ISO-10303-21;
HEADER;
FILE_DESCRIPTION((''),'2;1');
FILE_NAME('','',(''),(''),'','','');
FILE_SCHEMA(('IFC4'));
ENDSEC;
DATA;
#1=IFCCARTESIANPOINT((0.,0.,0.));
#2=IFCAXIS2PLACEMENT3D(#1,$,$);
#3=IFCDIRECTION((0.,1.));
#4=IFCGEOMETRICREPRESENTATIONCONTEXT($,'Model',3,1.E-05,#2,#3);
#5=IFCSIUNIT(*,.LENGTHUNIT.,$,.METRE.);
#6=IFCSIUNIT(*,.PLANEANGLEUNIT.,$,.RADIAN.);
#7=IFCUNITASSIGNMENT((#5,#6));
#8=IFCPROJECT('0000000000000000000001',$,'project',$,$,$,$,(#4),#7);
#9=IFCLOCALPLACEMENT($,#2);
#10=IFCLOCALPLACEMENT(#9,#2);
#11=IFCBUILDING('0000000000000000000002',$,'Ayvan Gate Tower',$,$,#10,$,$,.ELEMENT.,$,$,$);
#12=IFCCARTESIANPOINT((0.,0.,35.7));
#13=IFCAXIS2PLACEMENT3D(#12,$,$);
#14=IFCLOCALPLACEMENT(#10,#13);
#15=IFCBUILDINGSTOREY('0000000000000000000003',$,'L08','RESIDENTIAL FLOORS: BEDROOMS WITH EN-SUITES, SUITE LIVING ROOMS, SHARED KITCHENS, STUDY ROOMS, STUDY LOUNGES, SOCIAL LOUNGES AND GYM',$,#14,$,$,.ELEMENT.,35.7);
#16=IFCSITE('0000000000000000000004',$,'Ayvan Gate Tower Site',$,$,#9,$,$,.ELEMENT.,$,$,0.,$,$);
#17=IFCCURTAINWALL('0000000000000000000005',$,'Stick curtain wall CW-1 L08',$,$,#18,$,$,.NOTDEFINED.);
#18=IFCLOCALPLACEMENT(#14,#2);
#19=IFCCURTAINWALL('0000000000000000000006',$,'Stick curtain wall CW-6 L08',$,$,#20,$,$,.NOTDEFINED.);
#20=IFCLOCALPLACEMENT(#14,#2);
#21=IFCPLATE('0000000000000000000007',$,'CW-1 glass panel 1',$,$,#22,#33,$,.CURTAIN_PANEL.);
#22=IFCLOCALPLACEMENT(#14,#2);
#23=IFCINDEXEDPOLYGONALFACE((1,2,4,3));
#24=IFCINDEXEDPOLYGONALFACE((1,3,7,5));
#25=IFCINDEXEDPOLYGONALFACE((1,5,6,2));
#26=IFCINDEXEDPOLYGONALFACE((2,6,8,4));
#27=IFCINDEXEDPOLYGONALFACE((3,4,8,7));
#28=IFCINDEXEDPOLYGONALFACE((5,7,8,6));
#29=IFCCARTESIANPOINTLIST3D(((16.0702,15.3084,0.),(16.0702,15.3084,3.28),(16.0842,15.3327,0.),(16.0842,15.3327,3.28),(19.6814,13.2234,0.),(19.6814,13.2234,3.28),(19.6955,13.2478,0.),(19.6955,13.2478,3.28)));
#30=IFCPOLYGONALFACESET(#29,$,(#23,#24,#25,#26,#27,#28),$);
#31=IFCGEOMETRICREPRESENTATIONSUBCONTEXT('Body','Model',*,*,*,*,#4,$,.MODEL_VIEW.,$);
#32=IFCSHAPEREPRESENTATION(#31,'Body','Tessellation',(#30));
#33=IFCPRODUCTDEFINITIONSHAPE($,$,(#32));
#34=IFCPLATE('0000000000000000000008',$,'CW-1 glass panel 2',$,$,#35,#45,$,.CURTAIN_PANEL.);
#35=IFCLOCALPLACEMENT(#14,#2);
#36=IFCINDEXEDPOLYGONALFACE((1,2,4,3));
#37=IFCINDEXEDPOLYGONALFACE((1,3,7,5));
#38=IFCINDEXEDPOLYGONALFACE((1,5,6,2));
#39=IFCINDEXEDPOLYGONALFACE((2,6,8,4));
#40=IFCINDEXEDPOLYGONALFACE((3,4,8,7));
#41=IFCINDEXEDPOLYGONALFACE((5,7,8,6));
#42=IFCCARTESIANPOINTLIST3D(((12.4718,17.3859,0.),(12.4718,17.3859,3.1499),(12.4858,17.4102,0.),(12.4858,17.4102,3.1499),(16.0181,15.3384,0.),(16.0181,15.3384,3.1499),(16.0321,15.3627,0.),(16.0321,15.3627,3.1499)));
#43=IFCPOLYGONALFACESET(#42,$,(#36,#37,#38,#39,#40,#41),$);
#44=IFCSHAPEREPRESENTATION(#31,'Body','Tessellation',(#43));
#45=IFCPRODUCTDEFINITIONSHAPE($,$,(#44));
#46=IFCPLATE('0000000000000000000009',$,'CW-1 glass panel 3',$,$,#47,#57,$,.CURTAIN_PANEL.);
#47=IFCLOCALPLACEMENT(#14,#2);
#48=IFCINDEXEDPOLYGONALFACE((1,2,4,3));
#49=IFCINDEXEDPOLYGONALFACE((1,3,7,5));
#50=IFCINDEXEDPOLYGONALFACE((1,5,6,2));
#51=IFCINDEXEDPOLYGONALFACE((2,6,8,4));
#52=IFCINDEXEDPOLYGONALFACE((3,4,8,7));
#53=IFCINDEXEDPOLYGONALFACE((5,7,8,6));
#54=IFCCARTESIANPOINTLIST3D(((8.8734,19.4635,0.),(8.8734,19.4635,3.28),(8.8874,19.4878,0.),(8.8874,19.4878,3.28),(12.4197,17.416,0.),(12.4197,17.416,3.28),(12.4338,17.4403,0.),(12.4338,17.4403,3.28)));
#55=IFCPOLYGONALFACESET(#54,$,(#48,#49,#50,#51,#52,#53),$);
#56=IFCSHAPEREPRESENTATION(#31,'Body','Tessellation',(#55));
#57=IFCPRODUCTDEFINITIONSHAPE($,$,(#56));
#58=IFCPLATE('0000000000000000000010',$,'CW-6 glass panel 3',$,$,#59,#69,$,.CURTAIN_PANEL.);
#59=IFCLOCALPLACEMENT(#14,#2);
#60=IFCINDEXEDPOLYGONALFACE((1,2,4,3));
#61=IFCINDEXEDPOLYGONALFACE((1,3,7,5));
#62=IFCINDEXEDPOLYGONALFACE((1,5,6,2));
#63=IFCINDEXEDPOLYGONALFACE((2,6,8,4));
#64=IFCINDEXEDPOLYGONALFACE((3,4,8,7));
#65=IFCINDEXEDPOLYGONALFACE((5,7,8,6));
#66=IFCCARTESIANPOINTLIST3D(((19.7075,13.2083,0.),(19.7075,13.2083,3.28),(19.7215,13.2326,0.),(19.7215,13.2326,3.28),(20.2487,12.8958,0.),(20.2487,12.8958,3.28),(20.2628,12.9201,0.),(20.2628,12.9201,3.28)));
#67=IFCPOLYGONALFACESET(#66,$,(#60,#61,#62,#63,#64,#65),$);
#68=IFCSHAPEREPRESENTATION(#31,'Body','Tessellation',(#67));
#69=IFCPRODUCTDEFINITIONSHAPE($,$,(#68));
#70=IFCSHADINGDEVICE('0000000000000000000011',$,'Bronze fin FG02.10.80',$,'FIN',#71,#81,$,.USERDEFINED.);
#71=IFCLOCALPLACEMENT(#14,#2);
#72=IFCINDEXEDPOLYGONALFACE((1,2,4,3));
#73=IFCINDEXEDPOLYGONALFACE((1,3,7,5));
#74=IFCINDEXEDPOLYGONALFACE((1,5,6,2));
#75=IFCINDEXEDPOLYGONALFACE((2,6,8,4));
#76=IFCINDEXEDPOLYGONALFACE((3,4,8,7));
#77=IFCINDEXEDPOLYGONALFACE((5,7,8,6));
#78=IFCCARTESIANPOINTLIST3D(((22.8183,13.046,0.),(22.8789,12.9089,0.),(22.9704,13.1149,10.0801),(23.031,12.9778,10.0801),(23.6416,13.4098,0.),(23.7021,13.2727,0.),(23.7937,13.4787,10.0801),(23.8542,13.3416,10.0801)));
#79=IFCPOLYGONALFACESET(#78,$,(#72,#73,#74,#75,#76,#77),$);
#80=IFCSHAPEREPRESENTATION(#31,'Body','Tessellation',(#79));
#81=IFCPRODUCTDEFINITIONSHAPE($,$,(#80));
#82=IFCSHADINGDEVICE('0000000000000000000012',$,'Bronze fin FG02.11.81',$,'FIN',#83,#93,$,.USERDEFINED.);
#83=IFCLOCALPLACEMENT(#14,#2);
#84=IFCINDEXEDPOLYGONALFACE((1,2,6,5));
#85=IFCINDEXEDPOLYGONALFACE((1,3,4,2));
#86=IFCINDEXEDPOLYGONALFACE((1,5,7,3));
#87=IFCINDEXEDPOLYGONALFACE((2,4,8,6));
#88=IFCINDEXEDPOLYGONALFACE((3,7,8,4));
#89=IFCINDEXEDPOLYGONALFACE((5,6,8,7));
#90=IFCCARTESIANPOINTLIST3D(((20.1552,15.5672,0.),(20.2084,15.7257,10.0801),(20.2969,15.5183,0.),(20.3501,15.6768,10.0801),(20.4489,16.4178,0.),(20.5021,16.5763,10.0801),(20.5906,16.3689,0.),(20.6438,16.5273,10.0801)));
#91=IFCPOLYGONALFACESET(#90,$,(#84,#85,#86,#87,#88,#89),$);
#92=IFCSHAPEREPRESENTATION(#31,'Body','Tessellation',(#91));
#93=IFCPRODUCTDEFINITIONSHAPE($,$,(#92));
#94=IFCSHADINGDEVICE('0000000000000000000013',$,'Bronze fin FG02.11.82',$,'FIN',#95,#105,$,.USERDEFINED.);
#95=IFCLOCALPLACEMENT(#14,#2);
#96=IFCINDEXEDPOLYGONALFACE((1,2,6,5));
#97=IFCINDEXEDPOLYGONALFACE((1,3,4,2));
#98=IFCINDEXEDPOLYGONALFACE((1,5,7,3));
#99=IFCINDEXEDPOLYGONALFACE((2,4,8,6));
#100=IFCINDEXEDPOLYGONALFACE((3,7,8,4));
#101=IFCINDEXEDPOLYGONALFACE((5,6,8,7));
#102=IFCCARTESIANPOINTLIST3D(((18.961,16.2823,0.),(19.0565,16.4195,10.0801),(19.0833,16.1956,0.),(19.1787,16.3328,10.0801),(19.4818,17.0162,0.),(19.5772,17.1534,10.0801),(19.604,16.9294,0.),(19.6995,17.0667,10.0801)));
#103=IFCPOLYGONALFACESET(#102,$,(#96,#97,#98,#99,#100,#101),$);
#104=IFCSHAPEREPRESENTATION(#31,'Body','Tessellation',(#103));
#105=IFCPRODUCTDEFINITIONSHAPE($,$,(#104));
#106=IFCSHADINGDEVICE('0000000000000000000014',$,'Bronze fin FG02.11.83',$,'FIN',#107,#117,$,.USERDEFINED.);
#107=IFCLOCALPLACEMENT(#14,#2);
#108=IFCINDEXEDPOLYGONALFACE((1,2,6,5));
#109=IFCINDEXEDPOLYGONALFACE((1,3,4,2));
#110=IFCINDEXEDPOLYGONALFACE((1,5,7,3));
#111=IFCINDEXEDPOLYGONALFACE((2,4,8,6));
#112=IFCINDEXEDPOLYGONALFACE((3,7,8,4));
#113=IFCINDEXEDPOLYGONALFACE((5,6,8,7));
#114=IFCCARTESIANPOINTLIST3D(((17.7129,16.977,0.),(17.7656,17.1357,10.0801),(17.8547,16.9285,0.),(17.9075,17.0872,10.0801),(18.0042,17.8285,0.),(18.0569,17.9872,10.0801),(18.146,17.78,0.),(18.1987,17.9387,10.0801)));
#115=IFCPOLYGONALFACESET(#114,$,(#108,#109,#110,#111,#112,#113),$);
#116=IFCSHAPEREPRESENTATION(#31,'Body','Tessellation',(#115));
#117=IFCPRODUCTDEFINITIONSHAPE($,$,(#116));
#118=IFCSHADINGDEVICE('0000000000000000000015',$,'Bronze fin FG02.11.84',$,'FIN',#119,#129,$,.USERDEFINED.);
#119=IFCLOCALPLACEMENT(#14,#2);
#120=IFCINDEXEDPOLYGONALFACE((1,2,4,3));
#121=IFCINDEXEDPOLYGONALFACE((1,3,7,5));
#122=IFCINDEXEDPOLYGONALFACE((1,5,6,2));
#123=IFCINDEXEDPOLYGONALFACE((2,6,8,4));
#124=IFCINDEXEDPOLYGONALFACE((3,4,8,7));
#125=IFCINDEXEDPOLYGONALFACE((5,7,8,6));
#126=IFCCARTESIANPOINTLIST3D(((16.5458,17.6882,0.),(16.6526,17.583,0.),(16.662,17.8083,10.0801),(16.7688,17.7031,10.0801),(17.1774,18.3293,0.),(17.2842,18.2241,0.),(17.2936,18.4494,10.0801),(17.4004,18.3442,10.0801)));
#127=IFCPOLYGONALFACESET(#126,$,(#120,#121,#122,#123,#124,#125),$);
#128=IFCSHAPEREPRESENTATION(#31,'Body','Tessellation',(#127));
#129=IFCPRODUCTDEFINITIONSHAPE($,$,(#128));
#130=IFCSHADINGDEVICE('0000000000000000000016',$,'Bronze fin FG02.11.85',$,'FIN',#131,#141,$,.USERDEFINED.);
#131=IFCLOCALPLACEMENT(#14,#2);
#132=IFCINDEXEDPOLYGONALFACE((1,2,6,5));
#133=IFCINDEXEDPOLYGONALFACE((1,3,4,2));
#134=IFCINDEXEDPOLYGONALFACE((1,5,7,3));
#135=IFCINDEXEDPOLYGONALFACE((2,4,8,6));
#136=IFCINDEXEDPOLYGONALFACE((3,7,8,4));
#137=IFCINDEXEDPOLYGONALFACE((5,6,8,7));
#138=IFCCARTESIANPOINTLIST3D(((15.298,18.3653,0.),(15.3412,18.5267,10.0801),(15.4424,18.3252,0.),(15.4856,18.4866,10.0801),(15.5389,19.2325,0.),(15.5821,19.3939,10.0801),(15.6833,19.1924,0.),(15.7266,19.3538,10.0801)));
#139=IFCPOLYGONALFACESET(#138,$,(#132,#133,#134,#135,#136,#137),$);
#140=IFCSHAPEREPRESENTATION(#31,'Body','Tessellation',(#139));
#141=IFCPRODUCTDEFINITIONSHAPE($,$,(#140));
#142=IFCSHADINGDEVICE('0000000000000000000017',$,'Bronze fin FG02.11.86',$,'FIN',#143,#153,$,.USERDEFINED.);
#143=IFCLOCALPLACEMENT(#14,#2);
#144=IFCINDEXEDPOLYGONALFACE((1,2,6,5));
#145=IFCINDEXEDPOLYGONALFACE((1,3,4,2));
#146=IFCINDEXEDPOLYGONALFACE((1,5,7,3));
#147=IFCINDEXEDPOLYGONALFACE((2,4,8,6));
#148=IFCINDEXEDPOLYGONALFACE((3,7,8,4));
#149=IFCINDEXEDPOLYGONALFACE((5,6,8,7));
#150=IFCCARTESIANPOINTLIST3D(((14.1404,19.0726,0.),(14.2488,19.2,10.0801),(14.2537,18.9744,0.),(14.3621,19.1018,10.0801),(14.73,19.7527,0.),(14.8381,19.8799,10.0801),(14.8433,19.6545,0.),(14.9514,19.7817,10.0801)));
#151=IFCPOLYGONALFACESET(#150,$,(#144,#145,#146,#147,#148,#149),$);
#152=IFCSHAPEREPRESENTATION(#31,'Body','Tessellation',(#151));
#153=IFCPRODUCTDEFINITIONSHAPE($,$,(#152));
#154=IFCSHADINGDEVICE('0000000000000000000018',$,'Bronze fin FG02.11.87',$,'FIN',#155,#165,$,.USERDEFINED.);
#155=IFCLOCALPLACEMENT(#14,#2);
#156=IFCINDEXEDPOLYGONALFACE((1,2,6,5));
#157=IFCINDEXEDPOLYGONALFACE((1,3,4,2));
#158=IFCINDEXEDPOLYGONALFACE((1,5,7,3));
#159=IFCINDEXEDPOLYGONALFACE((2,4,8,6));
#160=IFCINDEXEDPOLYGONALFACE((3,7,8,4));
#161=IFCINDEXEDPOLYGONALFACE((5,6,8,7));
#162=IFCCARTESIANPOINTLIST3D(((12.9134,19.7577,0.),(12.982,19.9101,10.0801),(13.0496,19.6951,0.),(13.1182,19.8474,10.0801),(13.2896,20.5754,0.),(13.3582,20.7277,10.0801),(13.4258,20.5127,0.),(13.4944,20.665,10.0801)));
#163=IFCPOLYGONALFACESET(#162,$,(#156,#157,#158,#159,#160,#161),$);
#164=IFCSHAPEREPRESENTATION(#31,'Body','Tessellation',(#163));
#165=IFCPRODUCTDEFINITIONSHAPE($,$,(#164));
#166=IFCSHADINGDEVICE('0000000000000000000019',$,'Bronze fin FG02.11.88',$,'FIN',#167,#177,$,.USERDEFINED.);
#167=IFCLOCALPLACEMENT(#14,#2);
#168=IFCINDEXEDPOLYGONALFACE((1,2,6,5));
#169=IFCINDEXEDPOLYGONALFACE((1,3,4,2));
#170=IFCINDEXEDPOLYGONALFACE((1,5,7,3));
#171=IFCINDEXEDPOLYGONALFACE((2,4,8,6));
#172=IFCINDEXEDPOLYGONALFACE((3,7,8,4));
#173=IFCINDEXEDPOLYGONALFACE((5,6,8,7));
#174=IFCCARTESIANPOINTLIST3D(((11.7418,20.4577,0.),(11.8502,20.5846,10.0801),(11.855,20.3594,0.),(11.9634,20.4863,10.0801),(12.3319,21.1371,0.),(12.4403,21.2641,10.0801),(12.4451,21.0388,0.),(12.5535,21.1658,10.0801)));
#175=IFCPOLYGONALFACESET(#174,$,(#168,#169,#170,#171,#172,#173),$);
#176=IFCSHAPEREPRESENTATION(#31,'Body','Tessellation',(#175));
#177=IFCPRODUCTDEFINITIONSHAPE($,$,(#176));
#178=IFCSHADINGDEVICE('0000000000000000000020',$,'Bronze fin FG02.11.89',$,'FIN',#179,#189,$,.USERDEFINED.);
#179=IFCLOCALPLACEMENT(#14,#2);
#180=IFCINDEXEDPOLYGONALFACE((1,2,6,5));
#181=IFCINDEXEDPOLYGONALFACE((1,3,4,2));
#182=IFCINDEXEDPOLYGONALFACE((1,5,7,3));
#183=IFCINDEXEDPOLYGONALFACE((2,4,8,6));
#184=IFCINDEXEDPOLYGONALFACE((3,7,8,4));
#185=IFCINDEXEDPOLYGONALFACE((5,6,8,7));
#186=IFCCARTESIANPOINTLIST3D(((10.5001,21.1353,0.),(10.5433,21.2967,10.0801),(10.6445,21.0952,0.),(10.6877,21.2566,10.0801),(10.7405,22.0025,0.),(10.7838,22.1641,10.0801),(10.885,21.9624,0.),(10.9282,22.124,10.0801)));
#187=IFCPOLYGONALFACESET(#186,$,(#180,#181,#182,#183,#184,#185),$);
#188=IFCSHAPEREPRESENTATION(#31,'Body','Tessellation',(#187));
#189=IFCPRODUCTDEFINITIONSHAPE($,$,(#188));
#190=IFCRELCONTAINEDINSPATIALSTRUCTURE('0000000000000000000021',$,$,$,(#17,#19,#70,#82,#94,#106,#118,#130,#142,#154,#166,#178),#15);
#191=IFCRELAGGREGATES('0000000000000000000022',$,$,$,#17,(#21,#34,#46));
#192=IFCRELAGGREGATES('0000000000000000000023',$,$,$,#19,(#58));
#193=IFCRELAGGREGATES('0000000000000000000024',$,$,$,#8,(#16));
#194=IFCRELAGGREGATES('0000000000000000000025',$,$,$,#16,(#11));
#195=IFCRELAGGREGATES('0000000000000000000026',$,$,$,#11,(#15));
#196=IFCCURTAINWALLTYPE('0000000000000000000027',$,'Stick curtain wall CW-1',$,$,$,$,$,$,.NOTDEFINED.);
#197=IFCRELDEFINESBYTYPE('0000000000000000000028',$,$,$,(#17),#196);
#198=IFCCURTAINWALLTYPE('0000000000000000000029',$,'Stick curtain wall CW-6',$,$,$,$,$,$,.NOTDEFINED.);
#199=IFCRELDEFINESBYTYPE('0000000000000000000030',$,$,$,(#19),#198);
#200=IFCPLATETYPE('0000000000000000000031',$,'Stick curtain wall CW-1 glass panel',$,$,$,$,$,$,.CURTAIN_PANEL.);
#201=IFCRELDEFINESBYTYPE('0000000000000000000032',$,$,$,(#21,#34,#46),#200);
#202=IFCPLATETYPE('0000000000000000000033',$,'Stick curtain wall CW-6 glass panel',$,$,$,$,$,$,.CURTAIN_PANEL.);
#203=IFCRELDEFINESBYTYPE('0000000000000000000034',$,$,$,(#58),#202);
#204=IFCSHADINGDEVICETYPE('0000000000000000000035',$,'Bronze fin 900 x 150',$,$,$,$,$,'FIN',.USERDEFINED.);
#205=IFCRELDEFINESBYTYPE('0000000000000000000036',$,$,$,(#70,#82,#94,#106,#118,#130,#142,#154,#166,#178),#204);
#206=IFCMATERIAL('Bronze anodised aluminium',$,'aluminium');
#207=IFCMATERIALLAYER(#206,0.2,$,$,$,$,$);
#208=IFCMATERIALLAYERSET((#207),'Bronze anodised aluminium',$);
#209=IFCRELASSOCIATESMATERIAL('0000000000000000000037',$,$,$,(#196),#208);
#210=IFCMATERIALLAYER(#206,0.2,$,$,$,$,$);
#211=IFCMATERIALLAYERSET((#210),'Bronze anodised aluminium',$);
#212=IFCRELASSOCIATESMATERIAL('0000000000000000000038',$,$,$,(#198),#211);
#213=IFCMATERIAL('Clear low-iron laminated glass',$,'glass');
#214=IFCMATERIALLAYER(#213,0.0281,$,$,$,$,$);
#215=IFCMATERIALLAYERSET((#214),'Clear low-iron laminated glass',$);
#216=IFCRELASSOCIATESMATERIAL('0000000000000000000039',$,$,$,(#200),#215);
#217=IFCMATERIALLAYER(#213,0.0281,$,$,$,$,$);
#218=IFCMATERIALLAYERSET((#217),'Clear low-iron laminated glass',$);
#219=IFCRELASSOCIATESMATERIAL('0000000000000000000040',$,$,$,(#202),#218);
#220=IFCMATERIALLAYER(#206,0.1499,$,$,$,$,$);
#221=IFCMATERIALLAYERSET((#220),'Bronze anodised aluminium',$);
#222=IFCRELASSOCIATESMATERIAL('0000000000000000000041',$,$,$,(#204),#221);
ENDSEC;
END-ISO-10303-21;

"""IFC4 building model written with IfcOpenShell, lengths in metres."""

from ifc_helpers import new_model, si_unit, direction, frame, origin, origin_2d, place, context, subcontext, project, spatial, polyline, rectangle, outline, extrude, material, layer, layer_set, type_object, element, aggregate, save


model = new_model("IFC4")

# Units and contexts
model_context = context("Model", 3, precision=1e-05, world=origin(), true_north=direction((0.0, 1.0)))
body_context = subcontext(model_context, "Body", "Model", "MODEL_VIEW")
ifc_project = project(units=[si_unit("LENGTHUNIT", "METRE"), si_unit("PLANEANGLEUNIT", "RADIAN")], contexts=[model_context])

# Site, building, storey
site_placement = place(None, origin())
site = spatial("IfcSite", under=ifc_project, at=site_placement, Name="Ayvan Gate Tower Site", CompositionType="ELEMENT", RefElevation=0.0)
building_placement = place(site_placement, origin())
building = spatial("IfcBuilding", under=site, at=building_placement, Name="Ayvan Gate Tower", CompositionType="ELEMENT")
storey_placement = place(building_placement, frame((0.0, 0.0, 35.7)))
storey = spatial("IfcBuildingStorey", under=building, at=storey_placement, Name="L08", Description="RESIDENTIAL FLOORS: BEDROOMS WITH EN-SUITES, SUITE LIVING ROOMS, SHARED KITCHENS, STUDY ROOMS, STUDY LOUNGES, SOCIAL LOUNGES AND GYM", CompositionType="ELEMENT", Elevation=35.7)

# Curtain walls
ifc_material_1 = material(Name="Bronze anodised aluminium", Category="aluminium")
ifc_layer_1 = layer(ifc_material_1, 0.2)
ifc_layer_set_1 = layer_set([ifc_layer_1], Name="Bronze anodised aluminium")
curtain_wall_type_1 = type_object("IfcCurtainWallType", Name="Stick curtain wall CW-1", PredefinedType="NOTDEFINED", material=ifc_layer_set_1)
curtain_wall_1_placement = place(storey_placement, origin())
curtain_wall_1 = element("IfcCurtainWall", 1, at=curtain_wall_1_placement, inside=storey, type_object=curtain_wall_type_1, Name="Stick curtain wall CW-1 L08", PredefinedType="NOTDEFINED")
ifc_layer_2 = layer(ifc_material_1, 0.2)
ifc_layer_set_2 = layer_set([ifc_layer_2], Name="Bronze anodised aluminium")
curtain_wall_type_2 = type_object("IfcCurtainWallType", Name="Stick curtain wall CW-6", PredefinedType="NOTDEFINED", material=ifc_layer_set_2)
curtain_wall_2_placement = place(storey_placement, origin())
curtain_wall_2 = element("IfcCurtainWall", 2, at=curtain_wall_2_placement, inside=storey, type_object=curtain_wall_type_2, Name="Stick curtain wall CW-6 L08", PredefinedType="NOTDEFINED")

# Plates
ifc_material_2 = material(Name="Clear low-iron laminated glass", Category="glass")
ifc_layer_3 = layer(ifc_material_2, 0.0281)
ifc_layer_set_3 = layer_set([ifc_layer_3], Name="Clear low-iron laminated glass")
plate_type_1 = type_object("IfcPlateType", Name="Stick curtain wall CW-1 glass panel", PredefinedType="CURTAIN_PANEL", material=ifc_layer_set_3)
plate_1_placement = place(storey_placement, frame((17.8828, 14.2781, 0.0), z_axis=(0.0, 0.0, 1.0), x_axis=(-0.866025, 0.5, 0.0)))
plate_1 = element("IfcPlate", 3, at=plate_1_placement, type_object=plate_type_1, Name="CW-1 glass panel 1", PredefinedType="CURTAIN_PANEL", context=body_context, shape_type="SweptSolid", body=[
    extrude(rectangle(XDim=4.1699, YDim=0.0281, at=origin_2d()), origin(), (0.0, 0.0, 1.0), 3.28),
])
plate_2_placement = place(storey_placement, frame((14.252, 16.3743, 0.0), z_axis=(0.0, 0.0, 1.0), x_axis=(-0.866025, 0.5, 0.0)))
plate_2 = element("IfcPlate", 4, at=plate_2_placement, type_object=plate_type_1, Name="CW-1 glass panel 2", PredefinedType="CURTAIN_PANEL", context=body_context, shape_type="SweptSolid", body=[
    extrude(rectangle(XDim=4.095, YDim=0.0281, at=origin_2d()), origin(), (0.0, 0.0, 1.0), 3.1499),
])
plate_3_placement = place(storey_placement, frame((10.6536, 18.4519, 0.0), z_axis=(0.0, 0.0, 1.0), x_axis=(-0.866025, 0.5, 0.0)))
plate_3 = element("IfcPlate", 5, at=plate_3_placement, type_object=plate_type_1, Name="CW-1 glass panel 3", PredefinedType="CURTAIN_PANEL", context=body_context, shape_type="SweptSolid", body=[
    extrude(rectangle(XDim=4.095, YDim=0.0281, at=origin_2d()), origin(), (0.0, 0.0, 1.0), 3.28),
])
aggregate(curtain_wall_1, [plate_1, plate_2, plate_3])
ifc_layer_4 = layer(ifc_material_2, 0.0281)
ifc_layer_set_4 = layer_set([ifc_layer_4], Name="Clear low-iron laminated glass")
plate_type_2 = type_object("IfcPlateType", Name="Stick curtain wall CW-6 glass panel", PredefinedType="CURTAIN_PANEL", material=ifc_layer_set_4)
plate_4_placement = place(storey_placement, frame((19.9851, 13.0642, 0.0), z_axis=(0.0, 0.0, 1.0), x_axis=(-0.866025, 0.5, 0.0)))
plate_4 = element("IfcPlate", 6, at=plate_4_placement, type_object=plate_type_2, Name="CW-6 glass panel 3", PredefinedType="CURTAIN_PANEL", context=body_context, shape_type="SweptSolid", body=[
    extrude(rectangle(XDim=0.625, YDim=0.0281, at=origin_2d()), origin(), (0.0, 0.0, 1.0), 3.28),
])
aggregate(curtain_wall_2, [plate_4])

# Shading devices
ifc_layer_5 = layer(ifc_material_1, 0.1499)
ifc_layer_set_5 = layer_set([ifc_layer_5], Name="Bronze anodised aluminium")
shading_device_type = type_object("IfcShadingDeviceType", Name="Bronze fin 900 x 150", ElementType="FIN", PredefinedType="USERDEFINED", material=ifc_layer_set_5)
shading_device_1_placement = place(storey_placement, frame((22.8789, 12.9089, 0.0), z_axis=(0.404174, -0.914682, 0.000149), x_axis=(0.914682, 0.404174, 0.0)))
element("IfcShadingDevice", 7, at=shading_device_1_placement, inside=storey, type_object=shading_device_type, Name="Bronze fin FG02.10.80", ObjectType="FIN", PredefinedType="USERDEFINED", context=body_context, shape_type="SweptSolid", body=[
    extrude(outline(polyline([(0.0, 0.0), (0.9, 0.0), (1.067, 10.0801), (0.1669, 10.0801), (0.0, 0.0)])), origin(), (0.0, 0.0, -1.0), 0.1499),
])
shading_device_2_placement = place(storey_placement, frame((20.2969, 15.5183, 0.0), z_axis=(0.945237, -0.326384, 0.00014), x_axis=(0.326384, 0.945237, 0.0)))
element("IfcShadingDevice", 8, at=shading_device_2_placement, inside=storey, type_object=shading_device_type, Name="Bronze fin FG02.11.81", ObjectType="FIN", PredefinedType="USERDEFINED", context=body_context, shape_type="SweptSolid", body=[
    extrude(outline(polyline([(0.0, 0.0), (0.8999, 0.0), (1.067, 10.0801), (0.1671, 10.0801), (0.0, 0.0)])), origin(), (0.0, 0.0, -1.0), 0.1499),
])
shading_device_3_placement = place(storey_placement, frame((19.0833, 16.1956, 0.0), z_axis=(0.815544, -0.578695, 0.000154), x_axis=(0.578695, 0.815544, 0.0)))
element("IfcShadingDevice", 9, at=shading_device_3_placement, inside=storey, type_object=shading_device_type, Name="Bronze fin FG02.11.82", ObjectType="FIN", PredefinedType="USERDEFINED", context=body_context, shape_type="SweptSolid", body=[
    extrude(outline(polyline([(0.0, 0.0), (0.8999, 0.0), (1.067, 10.0801), (0.1671, 10.0801), (0.0, 0.0)])), origin(), (0.0, 0.0, -1.0), 0.1499),
])
shading_device_4_placement = place(storey_placement, frame((17.8547, 16.9285, 0.0), z_axis=(0.946186, -0.323624, 0.000145), x_axis=(0.323624, 0.946186, 0.0)))
element("IfcShadingDevice", 10, at=shading_device_4_placement, inside=storey, type_object=shading_device_type, Name="Bronze fin FG02.11.83", ObjectType="FIN", PredefinedType="USERDEFINED", context=body_context, shape_type="SweptSolid", body=[
    extrude(outline(polyline([(0.0, 0.0), (0.9, 0.0), (1.0672, 10.0801), (0.1672, 10.0801), (0.0, 0.0)])), origin(), (0.0, 0.0, -1.0), 0.1499),
])
shading_device_5_placement = place(storey_placement, frame((16.6526, 17.583, 0.0), z_axis=(0.712377, -0.701797, 0.00015), x_axis=(0.701797, 0.712377, 0.0)))
element("IfcShadingDevice", 11, at=shading_device_5_placement, inside=storey, type_object=shading_device_type, Name="Bronze fin FG02.11.84", ObjectType="FIN", PredefinedType="USERDEFINED", context=body_context, shape_type="SweptSolid", body=[
    extrude(outline(polyline([(0.0, 0.0), (0.9, 0.0), (1.0671, 10.0801), (0.1671, 10.0801), (0.0, 0.0)])), origin(), (0.0, 0.0, -1.0), 0.1499),
])
shading_device_6_placement = place(storey_placement, frame((15.4424, 18.3252, 0.0), z_axis=(0.963495, -0.267728, 0.000156), x_axis=(0.267728, 0.963495, 0.0)))
element("IfcShadingDevice", 12, at=shading_device_6_placement, inside=storey, type_object=shading_device_type, Name="Bronze fin FG02.11.85", ObjectType="FIN", PredefinedType="USERDEFINED", context=body_context, shape_type="SweptSolid", body=[
    extrude(outline(polyline([(0.0, 0.0), (0.9, 0.0), (1.0671, 10.0801), (0.1671, 10.0801), (0.0, 0.0)])), origin(), (0.0, 0.0, -1.0), 0.1499),
])
shading_device_7_placement = place(storey_placement, frame((14.2537, 18.9744, 0.0), z_axis=(0.755635, -0.654992, 0.000156), x_axis=(0.654993, 0.755635, 0.0)))
element("IfcShadingDevice", 13, at=shading_device_7_placement, inside=storey, type_object=shading_device_type, Name="Bronze fin FG02.11.86", ObjectType="FIN", PredefinedType="USERDEFINED", context=body_context, shape_type="SweptSolid", body=[
    extrude(outline(polyline([(0.0, 0.0), (0.9001, 0.0), (1.0671, 10.0801), (0.1673, 10.0801), (0.0, 0.0)])), origin(), (0.0, 0.0, -1.0), 0.1499),
])
shading_device_8_placement = place(storey_placement, frame((13.0496, 19.6951, 0.0), z_axis=(0.908443, -0.418009, 0.000135), x_axis=(0.418009, 0.908443, 0.0)))
element("IfcShadingDevice", 14, at=shading_device_8_placement, inside=storey, type_object=shading_device_type, Name="Bronze fin FG02.11.87", ObjectType="FIN", PredefinedType="USERDEFINED", context=body_context, shape_type="SweptSolid", body=[
    extrude(outline(polyline([(0.0, 0.0), (0.9, 0.0), (1.0671, 10.0801), (0.1671, 10.0801), (0.0, 0.0)])), origin(), (0.0, 0.0, -1.0), 0.1499),
])
shading_device_9_placement = place(storey_placement, frame((11.855, 20.3594, 0.0), z_axis=(0.755008, -0.655715, 0.000139), x_axis=(0.655715, 0.755008, 0.0)))
element("IfcShadingDevice", 15, at=shading_device_9_placement, inside=storey, type_object=shading_device_type, Name="Bronze fin FG02.11.88", ObjectType="FIN", PredefinedType="USERDEFINED", context=body_context, shape_type="SweptSolid", body=[
    extrude(outline(polyline([(0.0, 0.0), (0.8999, 0.0), (1.0668, 10.0801), (0.1669, 10.0801), (0.0, 0.0)])), origin(), (0.0, 0.0, -1.0), 0.1499),
])
shading_device_10_placement = place(storey_placement, frame((10.6445, 21.0952, 0.0), z_axis=(0.963644, -0.267189, 0.00015), x_axis=(0.267189, 0.963644, 0.0)))
element("IfcShadingDevice", 16, at=shading_device_10_placement, inside=storey, type_object=shading_device_type, Name="Bronze fin FG02.11.89", ObjectType="FIN", PredefinedType="USERDEFINED", context=body_context, shape_type="SweptSolid", body=[
    extrude(outline(polyline([(0.0, 0.0), (0.8999, 0.0), (1.0672, 10.0801), (0.1671, 10.0801), (0.0, 0.0)])), origin(), (0.0, 0.0, -1.0), 0.1499),
])

save(model, "model.ifc")
